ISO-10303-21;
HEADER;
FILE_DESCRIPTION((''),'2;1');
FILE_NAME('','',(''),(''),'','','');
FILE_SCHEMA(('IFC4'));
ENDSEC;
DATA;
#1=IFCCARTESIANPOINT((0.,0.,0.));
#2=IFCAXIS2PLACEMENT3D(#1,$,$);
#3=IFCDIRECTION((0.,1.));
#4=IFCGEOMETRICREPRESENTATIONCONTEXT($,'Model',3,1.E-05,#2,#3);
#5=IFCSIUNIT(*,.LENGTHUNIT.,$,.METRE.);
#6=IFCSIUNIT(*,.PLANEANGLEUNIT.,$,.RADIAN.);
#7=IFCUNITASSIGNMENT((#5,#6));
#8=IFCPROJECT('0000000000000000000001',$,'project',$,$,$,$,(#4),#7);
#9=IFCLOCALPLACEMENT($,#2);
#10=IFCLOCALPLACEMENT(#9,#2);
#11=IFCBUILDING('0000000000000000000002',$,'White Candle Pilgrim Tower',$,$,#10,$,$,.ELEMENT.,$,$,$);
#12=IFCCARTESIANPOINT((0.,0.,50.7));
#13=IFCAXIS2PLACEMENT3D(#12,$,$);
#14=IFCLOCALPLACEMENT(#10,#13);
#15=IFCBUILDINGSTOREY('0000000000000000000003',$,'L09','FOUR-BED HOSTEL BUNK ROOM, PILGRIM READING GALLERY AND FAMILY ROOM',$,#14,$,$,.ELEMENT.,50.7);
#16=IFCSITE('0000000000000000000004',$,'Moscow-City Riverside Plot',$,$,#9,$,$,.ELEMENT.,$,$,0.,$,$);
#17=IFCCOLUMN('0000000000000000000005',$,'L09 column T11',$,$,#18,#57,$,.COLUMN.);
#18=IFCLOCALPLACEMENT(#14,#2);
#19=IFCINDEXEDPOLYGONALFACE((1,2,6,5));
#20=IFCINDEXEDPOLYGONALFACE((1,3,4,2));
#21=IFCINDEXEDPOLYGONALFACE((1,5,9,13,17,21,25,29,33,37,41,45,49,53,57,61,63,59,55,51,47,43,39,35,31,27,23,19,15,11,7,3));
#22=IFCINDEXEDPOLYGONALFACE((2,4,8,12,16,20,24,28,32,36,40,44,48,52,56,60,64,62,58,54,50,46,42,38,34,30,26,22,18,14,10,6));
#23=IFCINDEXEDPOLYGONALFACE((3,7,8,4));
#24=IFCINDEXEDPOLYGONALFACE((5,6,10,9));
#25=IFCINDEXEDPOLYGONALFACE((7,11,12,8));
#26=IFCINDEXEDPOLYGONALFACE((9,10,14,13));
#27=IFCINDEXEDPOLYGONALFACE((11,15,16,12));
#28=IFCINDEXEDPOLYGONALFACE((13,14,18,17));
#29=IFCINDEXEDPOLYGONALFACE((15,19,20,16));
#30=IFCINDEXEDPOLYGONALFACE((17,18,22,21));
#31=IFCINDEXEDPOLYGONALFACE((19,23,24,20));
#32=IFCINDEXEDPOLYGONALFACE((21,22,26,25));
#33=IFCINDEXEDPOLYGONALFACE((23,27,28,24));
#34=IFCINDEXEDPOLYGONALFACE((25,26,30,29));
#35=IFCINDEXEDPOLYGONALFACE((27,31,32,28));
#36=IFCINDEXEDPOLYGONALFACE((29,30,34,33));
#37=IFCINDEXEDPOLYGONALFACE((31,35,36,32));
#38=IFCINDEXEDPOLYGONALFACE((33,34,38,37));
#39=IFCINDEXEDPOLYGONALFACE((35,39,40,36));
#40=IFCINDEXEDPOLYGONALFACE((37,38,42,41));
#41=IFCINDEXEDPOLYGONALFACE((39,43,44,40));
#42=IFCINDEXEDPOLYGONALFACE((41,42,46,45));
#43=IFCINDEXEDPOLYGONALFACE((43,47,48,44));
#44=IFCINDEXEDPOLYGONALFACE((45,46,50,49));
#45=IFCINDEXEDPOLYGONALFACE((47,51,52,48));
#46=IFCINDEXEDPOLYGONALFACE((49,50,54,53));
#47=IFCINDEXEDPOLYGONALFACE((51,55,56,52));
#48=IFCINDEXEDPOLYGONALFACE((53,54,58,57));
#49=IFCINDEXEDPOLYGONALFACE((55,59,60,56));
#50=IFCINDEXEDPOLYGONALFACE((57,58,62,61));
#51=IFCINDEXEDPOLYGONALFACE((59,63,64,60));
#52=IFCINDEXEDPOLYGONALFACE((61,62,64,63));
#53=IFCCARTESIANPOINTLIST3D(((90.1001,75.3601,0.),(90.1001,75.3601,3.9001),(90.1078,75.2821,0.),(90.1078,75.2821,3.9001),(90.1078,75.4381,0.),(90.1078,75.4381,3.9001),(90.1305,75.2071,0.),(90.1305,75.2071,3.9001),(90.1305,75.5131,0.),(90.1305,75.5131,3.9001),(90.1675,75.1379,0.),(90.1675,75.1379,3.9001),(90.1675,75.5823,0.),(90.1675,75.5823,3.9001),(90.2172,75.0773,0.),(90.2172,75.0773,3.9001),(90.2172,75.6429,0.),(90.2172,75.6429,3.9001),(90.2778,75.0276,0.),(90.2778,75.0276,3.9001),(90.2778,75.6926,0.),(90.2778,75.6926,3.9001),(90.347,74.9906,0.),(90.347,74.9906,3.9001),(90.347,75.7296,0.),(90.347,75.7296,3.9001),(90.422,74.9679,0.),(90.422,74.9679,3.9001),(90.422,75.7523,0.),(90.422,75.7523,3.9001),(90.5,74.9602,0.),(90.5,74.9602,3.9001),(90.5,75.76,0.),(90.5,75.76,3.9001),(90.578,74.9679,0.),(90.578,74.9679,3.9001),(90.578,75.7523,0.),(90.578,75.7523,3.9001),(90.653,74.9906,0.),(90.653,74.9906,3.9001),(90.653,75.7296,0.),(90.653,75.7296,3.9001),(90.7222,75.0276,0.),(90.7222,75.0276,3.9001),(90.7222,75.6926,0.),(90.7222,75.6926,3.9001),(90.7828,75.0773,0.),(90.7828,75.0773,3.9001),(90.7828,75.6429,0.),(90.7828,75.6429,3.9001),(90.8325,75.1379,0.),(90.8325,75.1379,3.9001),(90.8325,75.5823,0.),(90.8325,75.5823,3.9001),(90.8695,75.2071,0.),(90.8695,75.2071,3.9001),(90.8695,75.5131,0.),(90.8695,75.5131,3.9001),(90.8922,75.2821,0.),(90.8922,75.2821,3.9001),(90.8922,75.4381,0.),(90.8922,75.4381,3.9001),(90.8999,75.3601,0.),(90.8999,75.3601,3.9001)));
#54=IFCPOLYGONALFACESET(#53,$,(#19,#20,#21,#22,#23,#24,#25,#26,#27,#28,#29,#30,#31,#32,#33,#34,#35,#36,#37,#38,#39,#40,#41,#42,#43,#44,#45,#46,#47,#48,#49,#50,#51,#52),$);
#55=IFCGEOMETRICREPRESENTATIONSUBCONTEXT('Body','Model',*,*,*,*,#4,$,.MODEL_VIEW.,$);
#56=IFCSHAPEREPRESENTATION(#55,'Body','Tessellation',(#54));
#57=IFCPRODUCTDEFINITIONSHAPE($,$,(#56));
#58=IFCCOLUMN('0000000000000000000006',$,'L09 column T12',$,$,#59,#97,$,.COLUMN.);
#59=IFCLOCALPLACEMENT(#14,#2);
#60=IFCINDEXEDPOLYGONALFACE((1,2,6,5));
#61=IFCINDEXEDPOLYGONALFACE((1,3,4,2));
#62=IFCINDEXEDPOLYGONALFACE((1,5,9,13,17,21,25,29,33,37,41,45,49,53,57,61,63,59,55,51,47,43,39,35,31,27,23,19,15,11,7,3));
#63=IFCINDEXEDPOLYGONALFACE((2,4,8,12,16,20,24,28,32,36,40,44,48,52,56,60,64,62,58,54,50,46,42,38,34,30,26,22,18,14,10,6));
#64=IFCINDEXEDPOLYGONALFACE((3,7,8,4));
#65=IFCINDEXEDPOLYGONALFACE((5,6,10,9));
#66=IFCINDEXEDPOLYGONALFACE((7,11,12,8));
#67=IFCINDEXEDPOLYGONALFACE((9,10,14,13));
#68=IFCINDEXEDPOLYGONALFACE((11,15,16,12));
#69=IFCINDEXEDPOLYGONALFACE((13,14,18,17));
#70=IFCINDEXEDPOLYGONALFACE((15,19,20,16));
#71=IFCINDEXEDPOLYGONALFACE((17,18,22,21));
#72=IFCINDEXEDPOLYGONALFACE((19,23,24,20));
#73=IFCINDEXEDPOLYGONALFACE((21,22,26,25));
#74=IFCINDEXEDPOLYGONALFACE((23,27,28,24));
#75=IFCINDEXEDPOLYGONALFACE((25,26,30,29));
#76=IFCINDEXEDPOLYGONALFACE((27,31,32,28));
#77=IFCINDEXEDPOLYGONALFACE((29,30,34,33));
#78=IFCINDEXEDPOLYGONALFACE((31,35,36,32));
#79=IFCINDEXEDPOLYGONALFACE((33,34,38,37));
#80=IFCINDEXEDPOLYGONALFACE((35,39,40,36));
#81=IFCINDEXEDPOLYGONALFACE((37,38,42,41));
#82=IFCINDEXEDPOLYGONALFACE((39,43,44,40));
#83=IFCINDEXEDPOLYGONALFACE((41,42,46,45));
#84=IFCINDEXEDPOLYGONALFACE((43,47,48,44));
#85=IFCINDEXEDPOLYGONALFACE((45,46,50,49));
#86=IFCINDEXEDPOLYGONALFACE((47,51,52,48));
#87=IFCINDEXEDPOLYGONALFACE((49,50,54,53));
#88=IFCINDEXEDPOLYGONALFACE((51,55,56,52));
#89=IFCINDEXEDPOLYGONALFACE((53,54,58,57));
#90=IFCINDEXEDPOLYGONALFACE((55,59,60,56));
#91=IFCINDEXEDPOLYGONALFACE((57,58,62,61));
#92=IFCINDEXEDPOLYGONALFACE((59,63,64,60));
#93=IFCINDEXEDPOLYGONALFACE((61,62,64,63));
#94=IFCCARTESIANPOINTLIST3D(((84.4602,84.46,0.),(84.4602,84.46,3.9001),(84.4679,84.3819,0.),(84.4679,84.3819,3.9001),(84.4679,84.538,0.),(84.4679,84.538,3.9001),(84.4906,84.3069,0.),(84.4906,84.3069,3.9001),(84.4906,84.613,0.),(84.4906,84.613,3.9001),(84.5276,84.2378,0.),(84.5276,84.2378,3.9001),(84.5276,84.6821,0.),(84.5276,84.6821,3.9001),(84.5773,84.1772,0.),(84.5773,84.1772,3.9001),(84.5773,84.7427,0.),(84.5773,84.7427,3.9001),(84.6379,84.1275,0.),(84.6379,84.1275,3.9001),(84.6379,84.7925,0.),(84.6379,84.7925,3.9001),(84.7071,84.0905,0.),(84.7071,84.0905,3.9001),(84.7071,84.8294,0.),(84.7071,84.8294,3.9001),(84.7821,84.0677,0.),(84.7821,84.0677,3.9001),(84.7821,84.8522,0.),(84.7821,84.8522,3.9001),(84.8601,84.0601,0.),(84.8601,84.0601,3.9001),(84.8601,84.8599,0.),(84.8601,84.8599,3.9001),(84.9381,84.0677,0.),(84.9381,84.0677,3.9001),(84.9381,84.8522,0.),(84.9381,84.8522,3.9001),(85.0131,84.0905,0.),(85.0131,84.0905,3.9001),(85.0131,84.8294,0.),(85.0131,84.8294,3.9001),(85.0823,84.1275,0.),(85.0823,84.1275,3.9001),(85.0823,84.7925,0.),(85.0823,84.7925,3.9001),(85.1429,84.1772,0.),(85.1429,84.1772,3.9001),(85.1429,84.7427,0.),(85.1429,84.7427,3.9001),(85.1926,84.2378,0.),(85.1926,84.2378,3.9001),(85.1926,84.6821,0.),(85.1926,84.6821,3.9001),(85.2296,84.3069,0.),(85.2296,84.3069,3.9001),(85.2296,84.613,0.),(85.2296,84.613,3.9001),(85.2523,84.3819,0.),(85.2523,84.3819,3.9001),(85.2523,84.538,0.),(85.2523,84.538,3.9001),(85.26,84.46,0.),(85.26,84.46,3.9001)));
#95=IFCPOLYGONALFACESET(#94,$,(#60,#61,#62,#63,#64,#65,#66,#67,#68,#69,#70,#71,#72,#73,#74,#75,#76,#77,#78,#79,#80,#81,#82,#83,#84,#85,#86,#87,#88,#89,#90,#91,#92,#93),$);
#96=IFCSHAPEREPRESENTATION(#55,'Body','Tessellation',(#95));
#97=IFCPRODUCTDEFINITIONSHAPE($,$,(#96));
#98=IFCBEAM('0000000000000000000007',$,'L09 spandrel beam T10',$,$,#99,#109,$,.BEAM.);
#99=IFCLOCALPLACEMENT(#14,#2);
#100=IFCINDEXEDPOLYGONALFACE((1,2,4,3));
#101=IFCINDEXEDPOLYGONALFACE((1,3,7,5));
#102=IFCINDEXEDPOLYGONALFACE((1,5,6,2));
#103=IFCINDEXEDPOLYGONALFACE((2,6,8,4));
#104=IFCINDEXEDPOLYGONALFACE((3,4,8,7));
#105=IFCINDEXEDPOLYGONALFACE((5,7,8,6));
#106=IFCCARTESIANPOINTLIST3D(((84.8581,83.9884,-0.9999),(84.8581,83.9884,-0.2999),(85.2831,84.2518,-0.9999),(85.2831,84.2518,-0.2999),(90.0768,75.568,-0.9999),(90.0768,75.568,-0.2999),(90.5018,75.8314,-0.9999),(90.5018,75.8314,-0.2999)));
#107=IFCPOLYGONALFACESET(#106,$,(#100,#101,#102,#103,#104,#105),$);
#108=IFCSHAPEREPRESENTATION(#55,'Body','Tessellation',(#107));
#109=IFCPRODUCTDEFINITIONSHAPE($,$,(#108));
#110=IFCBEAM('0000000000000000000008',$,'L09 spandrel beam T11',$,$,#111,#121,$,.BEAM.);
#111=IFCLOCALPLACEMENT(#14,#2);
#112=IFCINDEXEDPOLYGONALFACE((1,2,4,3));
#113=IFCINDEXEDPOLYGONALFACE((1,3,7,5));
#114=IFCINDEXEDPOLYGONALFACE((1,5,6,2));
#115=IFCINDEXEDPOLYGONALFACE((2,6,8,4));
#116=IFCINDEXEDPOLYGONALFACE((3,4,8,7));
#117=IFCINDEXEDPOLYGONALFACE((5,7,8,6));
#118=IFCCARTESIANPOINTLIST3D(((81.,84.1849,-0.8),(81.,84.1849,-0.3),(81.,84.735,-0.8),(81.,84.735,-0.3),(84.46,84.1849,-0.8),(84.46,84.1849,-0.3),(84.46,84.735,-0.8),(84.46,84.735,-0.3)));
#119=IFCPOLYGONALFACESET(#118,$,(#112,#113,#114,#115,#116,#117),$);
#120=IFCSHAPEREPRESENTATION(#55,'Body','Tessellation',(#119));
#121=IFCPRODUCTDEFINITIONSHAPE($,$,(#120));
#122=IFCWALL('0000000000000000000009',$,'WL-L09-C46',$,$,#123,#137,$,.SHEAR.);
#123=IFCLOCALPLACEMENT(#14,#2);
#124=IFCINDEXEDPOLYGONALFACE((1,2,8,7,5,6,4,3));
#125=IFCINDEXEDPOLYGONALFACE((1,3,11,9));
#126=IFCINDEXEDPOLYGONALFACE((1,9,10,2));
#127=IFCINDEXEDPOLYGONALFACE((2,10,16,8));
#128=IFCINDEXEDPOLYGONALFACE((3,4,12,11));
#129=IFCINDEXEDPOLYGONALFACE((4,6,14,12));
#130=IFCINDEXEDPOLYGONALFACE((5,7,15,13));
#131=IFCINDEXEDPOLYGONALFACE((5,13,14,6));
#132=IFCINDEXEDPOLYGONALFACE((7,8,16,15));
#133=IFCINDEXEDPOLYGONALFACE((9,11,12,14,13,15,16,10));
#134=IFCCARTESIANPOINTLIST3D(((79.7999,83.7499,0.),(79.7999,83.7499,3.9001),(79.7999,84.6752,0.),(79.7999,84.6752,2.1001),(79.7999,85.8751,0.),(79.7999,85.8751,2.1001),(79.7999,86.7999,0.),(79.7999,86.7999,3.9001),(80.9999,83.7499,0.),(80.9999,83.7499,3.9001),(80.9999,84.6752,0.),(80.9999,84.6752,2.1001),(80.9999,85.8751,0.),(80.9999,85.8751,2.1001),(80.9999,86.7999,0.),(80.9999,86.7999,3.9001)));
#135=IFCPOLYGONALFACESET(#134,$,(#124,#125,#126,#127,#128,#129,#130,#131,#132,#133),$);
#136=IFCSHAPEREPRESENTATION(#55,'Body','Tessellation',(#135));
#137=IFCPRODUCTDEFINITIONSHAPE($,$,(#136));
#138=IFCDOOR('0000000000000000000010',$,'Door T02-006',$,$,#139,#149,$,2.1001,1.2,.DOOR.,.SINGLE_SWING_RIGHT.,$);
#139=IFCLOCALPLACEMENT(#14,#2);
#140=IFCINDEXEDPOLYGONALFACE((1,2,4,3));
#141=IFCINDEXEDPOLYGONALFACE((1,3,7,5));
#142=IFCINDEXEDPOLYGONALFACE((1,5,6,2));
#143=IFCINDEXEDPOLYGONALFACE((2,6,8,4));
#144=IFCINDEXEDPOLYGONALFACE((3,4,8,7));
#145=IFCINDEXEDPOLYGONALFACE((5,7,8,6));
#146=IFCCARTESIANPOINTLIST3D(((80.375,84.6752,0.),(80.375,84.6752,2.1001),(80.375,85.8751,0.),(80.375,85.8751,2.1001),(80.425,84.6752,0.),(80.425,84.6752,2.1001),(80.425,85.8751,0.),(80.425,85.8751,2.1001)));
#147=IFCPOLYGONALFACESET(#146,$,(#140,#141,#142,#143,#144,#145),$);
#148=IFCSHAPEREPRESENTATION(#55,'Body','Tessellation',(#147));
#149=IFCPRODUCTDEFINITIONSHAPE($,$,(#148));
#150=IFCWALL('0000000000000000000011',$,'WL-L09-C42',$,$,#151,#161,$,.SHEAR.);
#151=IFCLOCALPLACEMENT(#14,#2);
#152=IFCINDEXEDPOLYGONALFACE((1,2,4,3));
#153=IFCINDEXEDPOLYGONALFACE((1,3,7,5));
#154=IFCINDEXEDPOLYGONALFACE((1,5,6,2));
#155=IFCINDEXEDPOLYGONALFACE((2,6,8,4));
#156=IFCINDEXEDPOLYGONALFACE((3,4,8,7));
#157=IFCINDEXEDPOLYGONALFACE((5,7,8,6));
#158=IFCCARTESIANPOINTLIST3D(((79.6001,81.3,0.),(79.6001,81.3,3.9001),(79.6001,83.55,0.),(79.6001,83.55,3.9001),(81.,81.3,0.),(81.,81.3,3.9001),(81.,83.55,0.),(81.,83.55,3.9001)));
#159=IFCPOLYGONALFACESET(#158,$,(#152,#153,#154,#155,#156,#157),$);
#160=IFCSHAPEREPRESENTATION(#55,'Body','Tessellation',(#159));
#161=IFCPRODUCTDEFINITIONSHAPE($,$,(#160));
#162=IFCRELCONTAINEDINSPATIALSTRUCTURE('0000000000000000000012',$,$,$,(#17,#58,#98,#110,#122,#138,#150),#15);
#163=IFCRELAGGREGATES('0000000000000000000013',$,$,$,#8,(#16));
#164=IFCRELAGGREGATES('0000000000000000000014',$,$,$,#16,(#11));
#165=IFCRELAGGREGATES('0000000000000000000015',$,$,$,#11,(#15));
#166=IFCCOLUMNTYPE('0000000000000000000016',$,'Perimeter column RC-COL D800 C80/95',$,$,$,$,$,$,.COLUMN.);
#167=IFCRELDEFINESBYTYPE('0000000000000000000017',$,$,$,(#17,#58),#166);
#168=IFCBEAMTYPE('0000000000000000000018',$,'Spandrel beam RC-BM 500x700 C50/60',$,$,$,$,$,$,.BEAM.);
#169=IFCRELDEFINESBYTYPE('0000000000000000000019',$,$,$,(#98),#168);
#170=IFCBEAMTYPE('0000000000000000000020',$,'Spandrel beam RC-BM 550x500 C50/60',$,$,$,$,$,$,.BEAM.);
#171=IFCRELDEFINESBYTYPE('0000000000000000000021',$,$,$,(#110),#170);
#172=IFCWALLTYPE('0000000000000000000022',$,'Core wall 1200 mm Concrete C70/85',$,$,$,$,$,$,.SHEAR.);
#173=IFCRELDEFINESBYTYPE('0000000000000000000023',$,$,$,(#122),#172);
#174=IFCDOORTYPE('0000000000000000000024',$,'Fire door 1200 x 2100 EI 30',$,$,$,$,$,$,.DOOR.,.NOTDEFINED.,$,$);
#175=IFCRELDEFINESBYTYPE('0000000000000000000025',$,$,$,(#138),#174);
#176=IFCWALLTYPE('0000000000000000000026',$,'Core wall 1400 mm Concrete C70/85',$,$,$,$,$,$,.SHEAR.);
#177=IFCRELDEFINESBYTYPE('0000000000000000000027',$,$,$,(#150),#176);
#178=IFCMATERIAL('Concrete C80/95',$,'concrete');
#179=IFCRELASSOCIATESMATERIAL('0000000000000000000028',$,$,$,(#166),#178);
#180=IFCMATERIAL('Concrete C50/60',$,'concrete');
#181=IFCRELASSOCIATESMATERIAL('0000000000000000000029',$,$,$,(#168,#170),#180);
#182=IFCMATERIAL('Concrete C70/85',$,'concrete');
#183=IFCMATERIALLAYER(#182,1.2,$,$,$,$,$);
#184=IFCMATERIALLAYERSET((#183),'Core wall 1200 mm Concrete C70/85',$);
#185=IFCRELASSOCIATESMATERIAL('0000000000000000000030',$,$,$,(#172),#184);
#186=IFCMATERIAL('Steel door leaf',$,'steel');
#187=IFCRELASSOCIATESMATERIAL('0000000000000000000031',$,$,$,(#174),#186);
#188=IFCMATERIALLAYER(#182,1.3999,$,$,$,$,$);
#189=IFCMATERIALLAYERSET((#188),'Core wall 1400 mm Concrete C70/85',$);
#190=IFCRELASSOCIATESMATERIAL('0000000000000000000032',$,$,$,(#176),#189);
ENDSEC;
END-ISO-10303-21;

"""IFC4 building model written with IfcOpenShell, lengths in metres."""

from ifc_helpers import new_model, si_unit, direction, frame, frame_2d, origin, origin_2d, place, context, subcontext, project, spatial, rectangle, circle, extrude, material, layer, layer_set, material_profile, profile_set, type_object, element, fill, save


model = new_model("IFC4")

# Units and contexts
model_context = context("Model", 3, precision=1e-05, world=origin(), true_north=direction((0.0, 1.0)))
body_context = subcontext(model_context, "Body", "Model", "MODEL_VIEW")
ifc_project = project(units=[si_unit("LENGTHUNIT", "METRE"), si_unit("PLANEANGLEUNIT", "RADIAN")], contexts=[model_context])

# Site, building, storey
site_placement = place(None, origin())
site = spatial("IfcSite", under=ifc_project, at=site_placement, Name="Moscow-City Riverside Plot", CompositionType="ELEMENT", RefElevation=0.0)
building_placement = place(site_placement, origin())
building = spatial("IfcBuilding", under=site, at=building_placement, Name="White Candle Pilgrim Tower", CompositionType="ELEMENT")
storey_placement = place(building_placement, frame((0.0, 0.0, 50.7)))
storey = spatial("IfcBuildingStorey", under=building, at=storey_placement, Name="L09", Description="FOUR-BED HOSTEL BUNK ROOM, PILGRIM READING GALLERY AND FAMILY ROOM", CompositionType="ELEMENT", Elevation=50.7)

# Columns
ifc_material_1 = material(Name="Concrete C80/95", Category="concrete")
ifc_material_profile_1 = material_profile(ifc_material_1, circle(Radius=0.3999, at=origin_2d()), Name="RC-COL D800")
ifc_profile_set_1 = profile_set([ifc_material_profile_1], Name="Concrete C80/95")
column_type = type_object("IfcColumnType", Name="Perimeter column RC-COL D800 C80/95", PredefinedType="COLUMN", material=ifc_profile_set_1)
for number, where, z_axis, x_axis, name in (
    (1, (90.5, 75.3601, 0.0), (0.0, 0.0, 1.0), (1.0, 0.0, 0.0), "L09 column T11"),
    (2, (84.8601, 84.46, 0.0), (0.0, 0.0, 1.0), (1.0, 0.0, 0.0), "L09 column T12"),
):
    element("IfcColumn", number, at=place(storey_placement, frame(where, z_axis=z_axis, x_axis=x_axis)), inside=storey, type_object=column_type, Name=name, PredefinedType="COLUMN", context=body_context, shape_type="SweptSolid", body=[
        extrude(circle(Radius=0.3999, at=origin_2d()), origin(), (0.0, 0.0, 1.0), 3.9001),
    ])

# Beams
ifc_material_2 = material(Name="Concrete C50/60", Category="concrete")
ifc_material_profile_2 = material_profile(ifc_material_2, rectangle(XDim=0.5, YDim=0.7, at=origin_2d()), Name="RC-BM 500x700")
ifc_profile_set_2 = profile_set([ifc_material_profile_2], Name="Concrete C50/60")
beam_type_1 = type_object("IfcBeamType", Name="Spandrel beam RC-BM 500x700 C50/60", PredefinedType="BEAM", material=ifc_profile_set_2)
beam_1_placement = place(storey_placement, frame((90.2893, 75.6997, -0.6499), z_axis=(-0.526801, 0.849989, 0.0), x_axis=(-0.849989, -0.526801, 0.0)))
element("IfcBeam", 3, at=beam_1_placement, inside=storey, type_object=beam_type_1, Name="L09 spandrel beam T10", PredefinedType="BEAM", context=body_context, shape_type="SweptSolid", body=[
    extrude(rectangle(XDim=0.5, YDim=0.7, at=origin_2d()), origin(), (0.0, 0.0, 1.0), 9.9065),
])
ifc_material_profile_3 = material_profile(ifc_material_2, rectangle(XDim=0.55, YDim=0.5, at=origin_2d()), Name="RC-BM 550x500")
ifc_profile_set_3 = profile_set([ifc_material_profile_3], Name="Concrete C50/60")
beam_type_2 = type_object("IfcBeamType", Name="Spandrel beam RC-BM 550x500 C50/60", PredefinedType="BEAM", material=ifc_profile_set_3)
beam_2_placement = place(storey_placement, frame((84.46, 84.46, -0.55), z_axis=(-1.0, 0.0, 0.0), x_axis=(0.0, -1.0, 0.0)))
element("IfcBeam", 4, at=beam_2_placement, inside=storey, type_object=beam_type_2, Name="L09 spandrel beam T11", PredefinedType="BEAM", context=body_context, shape_type="SweptSolid", body=[
    extrude(rectangle(XDim=0.55, YDim=0.5, at=origin_2d()), origin(), (0.0, 0.0, 1.0), 3.46),
])

# Wall, opening, door
ifc_material_3 = material(Name="Concrete C70/85", Category="concrete")
ifc_layer_1 = layer(ifc_material_3, 1.2)
ifc_layer_set_1 = layer_set([ifc_layer_1], Name="Core wall 1200 mm Concrete C70/85")
wall_type_1 = type_object("IfcWallType", Name="Core wall 1200 mm Concrete C70/85", PredefinedType="SHEAR", material=ifc_layer_set_1)
wall_1_placement = place(storey_placement, frame((80.3999, 83.75, 0.0), z_axis=(0.0, 0.0, 1.0), x_axis=(0.0, 1.0, 0.0)))
wall_1 = element("IfcWall", 5, at=wall_1_placement, inside=storey, type_object=wall_type_1, Name="WL-L09-C46", PredefinedType="SHEAR", context=body_context, shape_type="SweptSolid", body=[
    extrude(rectangle(XDim=3.05, YDim=1.2, at=frame_2d((1.5249, 0.0))), origin(), (0.0, 0.0, 1.0), 3.9001),
])
opening_1_placement = place(wall_1_placement, frame((0.925, 0.0, 0.0)))
opening_1 = element("IfcOpeningElement", 6, at=opening_1_placement, cuts=wall_1, PredefinedType="OPENING", context=body_context, shape_type="SweptSolid", body=[
    extrude(rectangle(XDim=1.2, YDim=2.1001, at=frame_2d((0.6001, 1.05))), frame((0.0, 0.6099, 0.0), z_axis=(0.0, -1.0, 0.0), x_axis=(1.0, 0.0, 0.0)), (0.0, 0.0, 1.0), 1.22),
])
ifc_material_4 = material(Name="Steel door leaf", Category="steel")
door_type_1 = type_object("IfcDoorType", Name="Fire door 1200 x 2100 EI 30", OperationType="NOTDEFINED", PredefinedType="DOOR", material=ifc_material_4)
door_1_placement = place(opening_1_placement, origin())
door_1 = element("IfcDoor", 7, at=door_1_placement, inside=storey, type_object=door_type_1, Name="Door T02-006", OperationType="SINGLE_SWING_RIGHT", OverallHeight=2.1001, OverallWidth=1.2, PredefinedType="DOOR", context=body_context, shape_type="SweptSolid", body=[
    extrude(rectangle(XDim=1.2, YDim=2.1001, at=frame_2d((0.6001, 1.05))), frame((0.0, 0.0249, 0.0), z_axis=(0.0, -1.0, 0.0), x_axis=(1.0, 0.0, 0.0)), (0.0, 0.0, 1.0), 0.05),
])
fill(opening_1, door_1)

# Wall
ifc_layer_2 = layer(ifc_material_3, 1.3999)
ifc_layer_set_2 = layer_set([ifc_layer_2], Name="Core wall 1400 mm Concrete C70/85")
wall_type_2 = type_object("IfcWallType", Name="Core wall 1400 mm Concrete C70/85", PredefinedType="SHEAR", material=ifc_layer_set_2)
wall_2_placement = place(storey_placement, frame((80.3, 81.3, 0.0), z_axis=(0.0, 0.0, 1.0), x_axis=(0.0, 1.0, 0.0)))
element("IfcWall", 8, at=wall_2_placement, inside=storey, type_object=wall_type_2, Name="WL-L09-C42", PredefinedType="SHEAR", context=body_context, shape_type="SweptSolid", body=[
    extrude(rectangle(XDim=2.25, YDim=1.3999, at=frame_2d((1.125, 0.0))), origin(), (0.0, 0.0, 1.0), 3.9001),
])

save(model, "model.ifc")
